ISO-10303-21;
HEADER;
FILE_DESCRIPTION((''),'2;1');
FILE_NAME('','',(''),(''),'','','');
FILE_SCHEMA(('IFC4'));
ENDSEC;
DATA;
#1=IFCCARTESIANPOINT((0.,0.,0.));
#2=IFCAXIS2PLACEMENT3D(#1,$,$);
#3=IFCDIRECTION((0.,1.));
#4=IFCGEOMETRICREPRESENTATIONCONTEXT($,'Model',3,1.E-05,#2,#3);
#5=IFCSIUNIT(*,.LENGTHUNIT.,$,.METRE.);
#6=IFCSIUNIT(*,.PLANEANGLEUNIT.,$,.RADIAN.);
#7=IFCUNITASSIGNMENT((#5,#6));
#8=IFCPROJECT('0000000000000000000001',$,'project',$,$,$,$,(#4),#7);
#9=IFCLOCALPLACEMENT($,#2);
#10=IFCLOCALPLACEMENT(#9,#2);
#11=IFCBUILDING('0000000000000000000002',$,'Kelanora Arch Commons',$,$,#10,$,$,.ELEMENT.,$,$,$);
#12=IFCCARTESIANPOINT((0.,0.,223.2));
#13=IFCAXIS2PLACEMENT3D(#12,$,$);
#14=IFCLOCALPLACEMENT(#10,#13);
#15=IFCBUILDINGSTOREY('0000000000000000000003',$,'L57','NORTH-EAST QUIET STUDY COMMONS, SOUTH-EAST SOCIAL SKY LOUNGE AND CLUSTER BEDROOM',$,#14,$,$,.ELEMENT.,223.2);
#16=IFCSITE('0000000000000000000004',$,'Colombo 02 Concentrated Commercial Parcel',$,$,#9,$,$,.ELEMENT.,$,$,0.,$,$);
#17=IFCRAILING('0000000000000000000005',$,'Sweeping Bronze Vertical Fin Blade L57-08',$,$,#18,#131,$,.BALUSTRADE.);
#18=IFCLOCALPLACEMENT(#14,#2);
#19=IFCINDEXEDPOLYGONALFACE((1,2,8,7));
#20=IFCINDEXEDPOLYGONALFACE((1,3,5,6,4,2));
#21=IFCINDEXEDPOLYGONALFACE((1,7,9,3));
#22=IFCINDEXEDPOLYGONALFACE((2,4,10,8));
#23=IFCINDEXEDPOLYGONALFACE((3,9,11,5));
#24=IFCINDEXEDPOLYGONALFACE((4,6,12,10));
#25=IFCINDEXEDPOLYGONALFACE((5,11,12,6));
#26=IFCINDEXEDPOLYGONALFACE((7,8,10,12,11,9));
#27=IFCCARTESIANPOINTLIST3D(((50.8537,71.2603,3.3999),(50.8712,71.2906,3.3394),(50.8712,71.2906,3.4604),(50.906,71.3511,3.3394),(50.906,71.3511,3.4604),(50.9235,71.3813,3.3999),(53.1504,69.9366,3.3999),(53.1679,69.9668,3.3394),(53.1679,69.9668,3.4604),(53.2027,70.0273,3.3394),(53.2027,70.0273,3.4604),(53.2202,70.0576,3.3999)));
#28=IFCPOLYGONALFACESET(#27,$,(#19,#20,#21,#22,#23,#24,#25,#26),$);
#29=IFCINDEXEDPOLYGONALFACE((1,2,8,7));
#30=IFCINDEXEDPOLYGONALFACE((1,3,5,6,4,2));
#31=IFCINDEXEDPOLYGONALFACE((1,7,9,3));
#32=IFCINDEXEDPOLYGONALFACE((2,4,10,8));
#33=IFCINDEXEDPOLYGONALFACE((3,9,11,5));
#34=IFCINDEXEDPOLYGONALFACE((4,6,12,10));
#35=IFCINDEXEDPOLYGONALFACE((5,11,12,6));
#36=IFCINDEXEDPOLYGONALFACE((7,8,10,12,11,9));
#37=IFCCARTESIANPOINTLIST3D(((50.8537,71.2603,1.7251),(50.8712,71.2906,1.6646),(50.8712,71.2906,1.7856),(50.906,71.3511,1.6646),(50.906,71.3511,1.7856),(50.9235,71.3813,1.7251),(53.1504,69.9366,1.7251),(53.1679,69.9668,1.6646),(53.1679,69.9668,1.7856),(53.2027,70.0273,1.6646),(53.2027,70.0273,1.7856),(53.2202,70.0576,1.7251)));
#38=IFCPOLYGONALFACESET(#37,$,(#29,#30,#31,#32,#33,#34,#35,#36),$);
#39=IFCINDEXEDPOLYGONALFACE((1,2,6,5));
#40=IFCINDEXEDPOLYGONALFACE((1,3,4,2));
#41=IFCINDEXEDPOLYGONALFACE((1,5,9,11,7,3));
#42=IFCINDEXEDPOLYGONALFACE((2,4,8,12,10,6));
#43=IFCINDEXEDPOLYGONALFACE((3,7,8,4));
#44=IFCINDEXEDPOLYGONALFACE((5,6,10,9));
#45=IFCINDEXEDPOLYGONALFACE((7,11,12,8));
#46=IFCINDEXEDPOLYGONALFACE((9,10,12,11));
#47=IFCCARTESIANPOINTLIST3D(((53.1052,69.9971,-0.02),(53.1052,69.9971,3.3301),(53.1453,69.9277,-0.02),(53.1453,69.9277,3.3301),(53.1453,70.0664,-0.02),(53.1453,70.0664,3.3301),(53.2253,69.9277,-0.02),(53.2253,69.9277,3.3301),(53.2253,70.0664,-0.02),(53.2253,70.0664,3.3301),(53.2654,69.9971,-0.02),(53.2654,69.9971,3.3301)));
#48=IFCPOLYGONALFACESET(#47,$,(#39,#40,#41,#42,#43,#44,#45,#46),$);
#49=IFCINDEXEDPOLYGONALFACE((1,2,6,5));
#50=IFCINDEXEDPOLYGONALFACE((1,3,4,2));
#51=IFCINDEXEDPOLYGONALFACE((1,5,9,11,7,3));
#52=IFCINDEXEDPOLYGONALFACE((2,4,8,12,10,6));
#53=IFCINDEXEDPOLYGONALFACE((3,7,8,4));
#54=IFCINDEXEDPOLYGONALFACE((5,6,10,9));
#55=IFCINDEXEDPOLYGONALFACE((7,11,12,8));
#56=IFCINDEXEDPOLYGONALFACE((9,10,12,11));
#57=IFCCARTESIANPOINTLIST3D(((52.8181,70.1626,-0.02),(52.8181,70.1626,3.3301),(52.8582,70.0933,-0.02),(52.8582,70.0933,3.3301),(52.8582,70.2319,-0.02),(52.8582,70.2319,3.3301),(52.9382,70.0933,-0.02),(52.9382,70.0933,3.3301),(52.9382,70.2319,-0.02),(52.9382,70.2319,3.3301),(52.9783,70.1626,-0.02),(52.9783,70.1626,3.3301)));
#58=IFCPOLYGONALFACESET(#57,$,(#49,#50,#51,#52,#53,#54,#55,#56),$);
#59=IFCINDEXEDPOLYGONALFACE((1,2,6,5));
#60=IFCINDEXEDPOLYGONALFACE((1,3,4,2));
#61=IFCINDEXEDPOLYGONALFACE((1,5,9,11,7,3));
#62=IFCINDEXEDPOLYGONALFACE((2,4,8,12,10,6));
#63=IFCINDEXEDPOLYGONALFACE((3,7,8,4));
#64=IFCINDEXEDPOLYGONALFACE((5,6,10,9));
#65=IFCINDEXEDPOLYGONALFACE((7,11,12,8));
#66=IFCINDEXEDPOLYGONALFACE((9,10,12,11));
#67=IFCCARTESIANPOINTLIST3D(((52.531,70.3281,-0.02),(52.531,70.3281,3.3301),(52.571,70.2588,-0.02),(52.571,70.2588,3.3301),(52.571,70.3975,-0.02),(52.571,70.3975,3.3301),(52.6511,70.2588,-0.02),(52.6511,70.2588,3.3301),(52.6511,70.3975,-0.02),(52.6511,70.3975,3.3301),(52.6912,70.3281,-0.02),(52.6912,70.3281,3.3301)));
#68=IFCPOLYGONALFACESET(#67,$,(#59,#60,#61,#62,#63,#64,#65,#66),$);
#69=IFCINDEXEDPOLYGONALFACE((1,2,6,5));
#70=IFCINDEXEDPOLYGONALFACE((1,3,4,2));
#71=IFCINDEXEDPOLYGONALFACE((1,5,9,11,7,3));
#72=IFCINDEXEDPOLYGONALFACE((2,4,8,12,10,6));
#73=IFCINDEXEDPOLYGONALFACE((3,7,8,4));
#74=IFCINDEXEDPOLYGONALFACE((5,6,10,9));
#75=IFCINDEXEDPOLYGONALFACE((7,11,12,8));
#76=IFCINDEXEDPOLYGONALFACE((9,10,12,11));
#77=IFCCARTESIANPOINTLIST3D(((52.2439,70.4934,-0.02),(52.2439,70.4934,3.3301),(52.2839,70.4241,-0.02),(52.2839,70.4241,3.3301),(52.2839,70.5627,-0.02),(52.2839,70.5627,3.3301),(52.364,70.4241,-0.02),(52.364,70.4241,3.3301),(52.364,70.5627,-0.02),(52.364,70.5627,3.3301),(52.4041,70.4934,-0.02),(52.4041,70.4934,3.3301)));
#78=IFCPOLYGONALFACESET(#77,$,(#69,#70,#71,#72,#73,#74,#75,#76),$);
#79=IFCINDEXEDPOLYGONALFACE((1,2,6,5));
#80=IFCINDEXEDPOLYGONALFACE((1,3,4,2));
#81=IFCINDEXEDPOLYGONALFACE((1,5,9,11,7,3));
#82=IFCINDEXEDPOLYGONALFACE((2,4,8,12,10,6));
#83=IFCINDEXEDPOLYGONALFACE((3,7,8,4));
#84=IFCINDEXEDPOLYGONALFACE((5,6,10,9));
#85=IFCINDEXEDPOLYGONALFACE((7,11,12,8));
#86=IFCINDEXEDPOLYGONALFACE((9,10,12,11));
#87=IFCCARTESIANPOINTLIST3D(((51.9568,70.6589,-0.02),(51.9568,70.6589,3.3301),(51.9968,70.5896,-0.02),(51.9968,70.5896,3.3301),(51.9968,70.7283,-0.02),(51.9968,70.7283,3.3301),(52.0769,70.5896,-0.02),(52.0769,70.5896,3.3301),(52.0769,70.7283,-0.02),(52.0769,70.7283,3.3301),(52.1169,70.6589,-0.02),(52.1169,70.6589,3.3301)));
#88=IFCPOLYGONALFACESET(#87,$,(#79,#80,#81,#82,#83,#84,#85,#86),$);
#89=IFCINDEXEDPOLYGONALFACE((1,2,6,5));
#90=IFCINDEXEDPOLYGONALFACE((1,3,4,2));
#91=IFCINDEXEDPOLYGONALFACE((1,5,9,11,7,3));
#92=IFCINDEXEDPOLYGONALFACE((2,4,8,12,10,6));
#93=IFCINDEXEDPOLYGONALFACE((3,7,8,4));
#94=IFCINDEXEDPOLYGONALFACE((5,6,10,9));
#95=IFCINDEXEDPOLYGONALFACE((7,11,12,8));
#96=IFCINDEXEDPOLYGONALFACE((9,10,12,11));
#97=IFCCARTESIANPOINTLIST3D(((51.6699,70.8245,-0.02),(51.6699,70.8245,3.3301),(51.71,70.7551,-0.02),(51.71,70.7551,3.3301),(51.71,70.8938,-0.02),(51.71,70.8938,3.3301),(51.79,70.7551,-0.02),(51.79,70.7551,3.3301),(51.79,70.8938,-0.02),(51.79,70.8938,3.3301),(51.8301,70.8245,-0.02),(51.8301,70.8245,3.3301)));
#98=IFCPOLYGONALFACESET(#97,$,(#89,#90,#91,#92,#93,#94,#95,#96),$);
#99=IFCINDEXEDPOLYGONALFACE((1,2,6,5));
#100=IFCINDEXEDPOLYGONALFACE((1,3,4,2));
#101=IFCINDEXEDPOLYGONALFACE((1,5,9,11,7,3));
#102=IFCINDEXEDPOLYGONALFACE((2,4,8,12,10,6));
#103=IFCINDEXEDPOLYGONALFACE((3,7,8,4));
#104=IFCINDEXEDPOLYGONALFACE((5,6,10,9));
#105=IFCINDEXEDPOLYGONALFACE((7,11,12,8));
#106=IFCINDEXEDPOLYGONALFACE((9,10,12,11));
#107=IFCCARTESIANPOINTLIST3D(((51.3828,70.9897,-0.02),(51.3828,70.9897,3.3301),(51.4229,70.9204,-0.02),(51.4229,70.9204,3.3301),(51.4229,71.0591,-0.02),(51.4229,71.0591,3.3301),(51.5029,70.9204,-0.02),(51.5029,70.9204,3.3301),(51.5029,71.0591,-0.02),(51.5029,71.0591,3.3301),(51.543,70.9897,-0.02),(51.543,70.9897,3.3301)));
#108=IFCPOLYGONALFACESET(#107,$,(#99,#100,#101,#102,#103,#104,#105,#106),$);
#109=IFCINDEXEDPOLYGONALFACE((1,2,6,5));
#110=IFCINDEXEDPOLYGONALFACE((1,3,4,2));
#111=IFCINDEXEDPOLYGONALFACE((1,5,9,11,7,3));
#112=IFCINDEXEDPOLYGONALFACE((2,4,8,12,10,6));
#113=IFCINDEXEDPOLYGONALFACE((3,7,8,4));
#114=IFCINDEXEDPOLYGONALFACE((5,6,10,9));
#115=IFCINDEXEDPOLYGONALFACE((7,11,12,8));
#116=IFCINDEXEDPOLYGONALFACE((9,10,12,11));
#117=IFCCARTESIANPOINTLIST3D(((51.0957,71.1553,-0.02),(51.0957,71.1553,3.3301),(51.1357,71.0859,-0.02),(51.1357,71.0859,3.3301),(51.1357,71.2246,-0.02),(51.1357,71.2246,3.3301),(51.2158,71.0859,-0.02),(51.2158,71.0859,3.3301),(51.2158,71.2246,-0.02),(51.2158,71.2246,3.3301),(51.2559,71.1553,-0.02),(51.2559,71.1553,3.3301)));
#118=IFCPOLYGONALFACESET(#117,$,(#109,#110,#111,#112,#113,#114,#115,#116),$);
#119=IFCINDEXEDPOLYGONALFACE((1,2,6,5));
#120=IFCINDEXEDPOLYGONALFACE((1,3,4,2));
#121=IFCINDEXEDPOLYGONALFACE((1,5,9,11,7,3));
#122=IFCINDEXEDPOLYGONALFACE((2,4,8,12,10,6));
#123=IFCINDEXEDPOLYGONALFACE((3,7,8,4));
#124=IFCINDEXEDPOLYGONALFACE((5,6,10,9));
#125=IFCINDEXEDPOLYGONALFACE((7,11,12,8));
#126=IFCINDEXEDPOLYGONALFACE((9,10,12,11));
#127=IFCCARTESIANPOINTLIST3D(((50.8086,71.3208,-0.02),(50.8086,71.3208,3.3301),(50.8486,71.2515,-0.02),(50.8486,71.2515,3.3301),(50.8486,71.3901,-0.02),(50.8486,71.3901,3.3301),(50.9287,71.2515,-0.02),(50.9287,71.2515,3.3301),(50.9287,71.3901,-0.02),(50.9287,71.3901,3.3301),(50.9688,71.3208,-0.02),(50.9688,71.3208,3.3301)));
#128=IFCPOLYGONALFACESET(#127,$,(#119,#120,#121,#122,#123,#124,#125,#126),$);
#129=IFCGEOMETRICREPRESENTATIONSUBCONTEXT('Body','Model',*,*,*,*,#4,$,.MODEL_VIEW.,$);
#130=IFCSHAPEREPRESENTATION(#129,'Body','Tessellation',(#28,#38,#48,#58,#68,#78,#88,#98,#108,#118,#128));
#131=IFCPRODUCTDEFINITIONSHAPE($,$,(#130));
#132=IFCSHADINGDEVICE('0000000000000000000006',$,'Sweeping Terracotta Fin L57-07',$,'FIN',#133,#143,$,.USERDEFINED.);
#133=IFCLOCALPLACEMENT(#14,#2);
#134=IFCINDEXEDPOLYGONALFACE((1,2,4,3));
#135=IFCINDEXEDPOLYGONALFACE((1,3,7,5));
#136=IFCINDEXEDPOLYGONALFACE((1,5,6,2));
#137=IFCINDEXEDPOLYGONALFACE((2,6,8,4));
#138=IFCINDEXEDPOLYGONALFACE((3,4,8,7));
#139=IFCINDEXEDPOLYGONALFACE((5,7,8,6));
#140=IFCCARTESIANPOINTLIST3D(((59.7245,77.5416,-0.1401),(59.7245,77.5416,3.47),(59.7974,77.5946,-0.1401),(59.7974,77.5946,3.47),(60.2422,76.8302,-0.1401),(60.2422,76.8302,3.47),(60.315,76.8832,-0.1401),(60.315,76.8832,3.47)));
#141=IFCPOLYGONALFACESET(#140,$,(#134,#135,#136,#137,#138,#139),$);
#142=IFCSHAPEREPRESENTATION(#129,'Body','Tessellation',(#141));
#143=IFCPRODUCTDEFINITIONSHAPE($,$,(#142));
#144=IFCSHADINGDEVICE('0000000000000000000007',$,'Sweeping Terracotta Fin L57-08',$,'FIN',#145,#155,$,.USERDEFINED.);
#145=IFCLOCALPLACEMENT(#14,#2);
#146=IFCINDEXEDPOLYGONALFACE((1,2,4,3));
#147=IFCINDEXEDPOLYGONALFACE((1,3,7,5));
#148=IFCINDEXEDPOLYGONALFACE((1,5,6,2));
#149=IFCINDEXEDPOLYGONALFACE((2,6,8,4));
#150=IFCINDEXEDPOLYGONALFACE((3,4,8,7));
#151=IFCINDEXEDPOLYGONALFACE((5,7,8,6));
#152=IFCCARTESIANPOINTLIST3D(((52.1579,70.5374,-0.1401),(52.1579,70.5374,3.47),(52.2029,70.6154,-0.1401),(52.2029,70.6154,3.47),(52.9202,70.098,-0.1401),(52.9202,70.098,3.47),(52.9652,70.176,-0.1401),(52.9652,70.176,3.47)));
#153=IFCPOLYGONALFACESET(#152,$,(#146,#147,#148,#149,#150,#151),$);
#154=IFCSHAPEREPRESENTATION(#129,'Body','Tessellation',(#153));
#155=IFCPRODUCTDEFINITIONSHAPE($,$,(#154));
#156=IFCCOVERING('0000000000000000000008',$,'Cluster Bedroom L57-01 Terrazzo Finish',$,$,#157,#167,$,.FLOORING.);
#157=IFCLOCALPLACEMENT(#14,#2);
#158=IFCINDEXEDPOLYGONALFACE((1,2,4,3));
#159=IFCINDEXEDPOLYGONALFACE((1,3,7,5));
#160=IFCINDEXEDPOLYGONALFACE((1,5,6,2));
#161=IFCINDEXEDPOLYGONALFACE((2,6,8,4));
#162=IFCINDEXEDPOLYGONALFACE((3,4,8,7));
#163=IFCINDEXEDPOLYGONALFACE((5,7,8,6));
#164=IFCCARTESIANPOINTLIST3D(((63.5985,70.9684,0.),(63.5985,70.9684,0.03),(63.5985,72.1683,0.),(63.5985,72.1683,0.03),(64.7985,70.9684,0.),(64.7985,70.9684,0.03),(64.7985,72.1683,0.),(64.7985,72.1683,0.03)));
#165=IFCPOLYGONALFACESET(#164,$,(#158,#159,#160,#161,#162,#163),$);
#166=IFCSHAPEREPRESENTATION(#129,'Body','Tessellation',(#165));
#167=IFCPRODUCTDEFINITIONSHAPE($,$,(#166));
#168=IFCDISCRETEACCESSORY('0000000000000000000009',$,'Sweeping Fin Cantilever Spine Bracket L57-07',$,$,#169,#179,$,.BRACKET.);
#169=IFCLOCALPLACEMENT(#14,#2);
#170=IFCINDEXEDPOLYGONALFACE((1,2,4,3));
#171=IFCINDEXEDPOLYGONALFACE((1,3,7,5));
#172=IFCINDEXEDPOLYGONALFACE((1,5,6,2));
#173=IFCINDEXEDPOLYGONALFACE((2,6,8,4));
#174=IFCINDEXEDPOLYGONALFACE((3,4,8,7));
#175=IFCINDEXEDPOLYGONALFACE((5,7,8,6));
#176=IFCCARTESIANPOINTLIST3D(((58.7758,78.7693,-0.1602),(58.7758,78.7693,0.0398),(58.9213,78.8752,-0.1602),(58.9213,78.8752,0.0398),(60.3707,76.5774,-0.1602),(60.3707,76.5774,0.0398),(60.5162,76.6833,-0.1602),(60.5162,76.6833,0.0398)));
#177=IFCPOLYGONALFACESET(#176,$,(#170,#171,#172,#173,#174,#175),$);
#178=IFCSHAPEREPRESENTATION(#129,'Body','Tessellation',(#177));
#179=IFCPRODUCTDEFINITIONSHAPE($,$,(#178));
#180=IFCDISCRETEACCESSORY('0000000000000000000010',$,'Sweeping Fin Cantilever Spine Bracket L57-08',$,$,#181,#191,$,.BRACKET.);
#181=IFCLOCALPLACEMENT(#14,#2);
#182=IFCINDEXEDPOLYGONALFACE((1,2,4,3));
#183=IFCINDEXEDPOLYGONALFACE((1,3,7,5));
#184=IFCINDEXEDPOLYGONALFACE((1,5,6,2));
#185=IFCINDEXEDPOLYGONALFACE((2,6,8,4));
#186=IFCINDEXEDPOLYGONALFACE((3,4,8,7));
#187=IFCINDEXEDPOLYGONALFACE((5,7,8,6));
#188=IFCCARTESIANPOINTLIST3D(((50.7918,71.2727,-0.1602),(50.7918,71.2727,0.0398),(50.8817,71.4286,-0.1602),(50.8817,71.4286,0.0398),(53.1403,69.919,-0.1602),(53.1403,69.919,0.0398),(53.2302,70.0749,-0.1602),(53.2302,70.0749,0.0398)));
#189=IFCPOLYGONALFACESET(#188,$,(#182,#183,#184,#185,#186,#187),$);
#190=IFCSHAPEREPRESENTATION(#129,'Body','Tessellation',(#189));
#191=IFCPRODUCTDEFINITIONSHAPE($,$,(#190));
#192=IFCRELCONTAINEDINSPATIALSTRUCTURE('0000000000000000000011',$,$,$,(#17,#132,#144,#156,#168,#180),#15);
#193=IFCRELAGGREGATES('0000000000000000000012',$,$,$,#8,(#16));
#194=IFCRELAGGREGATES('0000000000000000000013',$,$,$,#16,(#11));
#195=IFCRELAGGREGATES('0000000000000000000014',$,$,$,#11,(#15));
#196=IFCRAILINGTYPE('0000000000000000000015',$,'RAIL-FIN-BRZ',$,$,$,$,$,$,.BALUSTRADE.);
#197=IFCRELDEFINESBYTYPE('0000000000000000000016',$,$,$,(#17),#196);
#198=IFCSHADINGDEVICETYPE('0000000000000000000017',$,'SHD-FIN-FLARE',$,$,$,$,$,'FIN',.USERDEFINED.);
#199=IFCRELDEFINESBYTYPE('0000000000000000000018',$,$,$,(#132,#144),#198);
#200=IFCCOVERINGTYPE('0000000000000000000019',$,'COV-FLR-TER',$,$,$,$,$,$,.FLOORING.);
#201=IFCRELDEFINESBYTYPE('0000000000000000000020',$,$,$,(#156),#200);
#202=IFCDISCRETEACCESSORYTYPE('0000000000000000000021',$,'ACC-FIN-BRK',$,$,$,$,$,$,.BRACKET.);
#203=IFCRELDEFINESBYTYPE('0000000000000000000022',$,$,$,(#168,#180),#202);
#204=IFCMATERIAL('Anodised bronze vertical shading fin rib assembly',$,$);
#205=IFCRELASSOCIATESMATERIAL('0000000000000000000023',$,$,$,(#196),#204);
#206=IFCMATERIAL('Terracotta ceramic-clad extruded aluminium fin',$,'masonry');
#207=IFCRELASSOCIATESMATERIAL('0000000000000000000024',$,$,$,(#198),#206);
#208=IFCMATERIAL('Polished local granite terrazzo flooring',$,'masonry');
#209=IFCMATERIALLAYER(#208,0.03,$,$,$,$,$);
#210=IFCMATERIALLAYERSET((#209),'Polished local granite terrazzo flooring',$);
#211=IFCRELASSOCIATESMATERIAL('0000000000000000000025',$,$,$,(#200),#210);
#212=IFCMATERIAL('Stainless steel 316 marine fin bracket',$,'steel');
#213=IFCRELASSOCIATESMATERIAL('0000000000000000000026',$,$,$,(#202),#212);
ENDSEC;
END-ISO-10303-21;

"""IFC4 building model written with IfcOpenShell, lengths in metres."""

from ifc_helpers import new_model, si_unit, direction, frame, origin, origin_2d, place, context, subcontext, project, spatial, polyline, rectangle, outline, extrude, source, transform, mapped, material, layer, layer_set, type_object, element, save


model = new_model("IFC4")

# Units and contexts
model_context = context("Model", 3, precision=1e-05, world=origin(), true_north=direction((0.0, 1.0)))
body_context = subcontext(model_context, "Body", "Model", "MODEL_VIEW")
ifc_project = project(units=[si_unit("LENGTHUNIT", "METRE"), si_unit("PLANEANGLEUNIT", "RADIAN")], contexts=[model_context])

# Site, building, storey
site_placement = place(None, origin())
site = spatial("IfcSite", under=ifc_project, at=site_placement, Name="Colombo 02 Concentrated Commercial Parcel", CompositionType="ELEMENT", RefElevation=0.0)
building_placement = place(site_placement, origin())
building = spatial("IfcBuilding", under=site, at=building_placement, Name="Kelanora Arch Commons", CompositionType="ELEMENT")
storey_placement = place(building_placement, frame((0.0, 0.0, 223.2)))
storey = spatial("IfcBuildingStorey", under=building, at=storey_placement, Name="L57", Description="NORTH-EAST QUIET STUDY COMMONS, SOUTH-EAST SOCIAL SKY LOUNGE AND CLUSTER BEDROOM", CompositionType="ELEMENT", Elevation=223.2)

# Railing
ifc_material_1 = material(Name="Anodised bronze vertical shading fin rib assembly")
railing_type = type_object("IfcRailingType", Name="RAIL-FIN-BRZ", PredefinedType="BALUSTRADE", material=ifc_material_1)
railing_1_placement = place(storey_placement, frame((53.1853, 69.9971, -0.02)))
element("IfcRailing", 1, at=railing_1_placement, inside=storey, type_object=railing_type, Name="Sweeping Bronze Vertical Fin Blade L57-08", PredefinedType="BALUSTRADE", context=body_context, shape_type="SweptSolid", body=[
    extrude(outline(polyline([(0.0698, 0.0), (0.0349, 0.0605), (-0.0349, 0.0605), (-0.0698, 0.0), (-0.0349, -0.0605), (0.0349, -0.0605), (0.0698, 0.0)])), frame((0.0, 0.0, 3.4199), z_axis=(-0.866389, 0.499369, 0.0), x_axis=(-0.499369, -0.866389, 0.0)), (0.0, 0.0, 1.0), 2.6509),
    extrude(outline(polyline([(0.0698, 0.0), (0.0349, 0.0605), (-0.0349, 0.0605), (-0.0698, 0.0), (-0.0349, -0.0605), (0.0349, -0.0605), (0.0698, 0.0)])), frame((0.0, 0.0, 1.7451), z_axis=(-0.866389, 0.499369, 0.0), x_axis=(-0.499369, -0.866389, 0.0)), (0.0, 0.0, 1.0), 2.6509),
    extrude(outline(polyline([(0.0801, 0.0), (0.04, 0.0693), (-0.04, 0.0693), (-0.0801, 0.0), (-0.04, -0.0693), (0.04, -0.0693), (0.0801, 0.0)])), origin(), (0.0, 0.0, 1.0), 3.3501),
    extrude(outline(polyline([(0.0801, 0.0), (0.04, 0.0693), (-0.04, 0.0693), (-0.0801, 0.0), (-0.04, -0.0693), (0.04, -0.0693), (0.0801, 0.0)])), frame((-0.2871, 0.1655, 0.0)), (0.0, 0.0, 1.0), 3.3501),
    extrude(outline(polyline([(0.0801, 0.0), (0.04, 0.0693), (-0.04, 0.0693), (-0.0801, 0.0), (-0.04, -0.0693), (0.04, -0.0693), (0.0801, 0.0)])), frame((-0.5742, 0.3311, 0.0)), (0.0, 0.0, 1.0), 3.3501),
    extrude(outline(polyline([(0.0801, 0.0), (0.04, 0.0693), (-0.04, 0.0693), (-0.0801, 0.0), (-0.04, -0.0693), (0.04, -0.0693), (0.0801, 0.0)])), frame((-0.8613, 0.4963, 0.0)), (0.0, 0.0, 1.0), 3.3501),
    extrude(outline(polyline([(0.0801, 0.0), (0.04, 0.0693), (-0.04, 0.0693), (-0.0801, 0.0), (-0.04, -0.0693), (0.04, -0.0693), (0.0801, 0.0)])), frame((-1.1484, 0.6619, 0.0)), (0.0, 0.0, 1.0), 3.3501),
    extrude(outline(polyline([(0.0801, 0.0), (0.04, 0.0693), (-0.04, 0.0693), (-0.0801, 0.0), (-0.04, -0.0693), (0.04, -0.0693), (0.0801, 0.0)])), frame((-1.4353, 0.8274, 0.0)), (0.0, 0.0, 1.0), 3.3501),
    extrude(outline(polyline([(0.0801, 0.0), (0.04, 0.0693), (-0.04, 0.0693), (-0.0801, 0.0), (-0.04, -0.0693), (0.04, -0.0693), (0.0801, 0.0)])), frame((-1.7224, 0.9927, 0.0)), (0.0, 0.0, 1.0), 3.3501),
    extrude(outline(polyline([(0.0801, 0.0), (0.04, 0.0693), (-0.04, 0.0693), (-0.0801, 0.0), (-0.04, -0.0693), (0.04, -0.0693), (0.0801, 0.0)])), frame((-2.0095, 1.1582, 0.0)), (0.0, 0.0, 1.0), 3.3501),
    extrude(outline(polyline([(0.0801, 0.0), (0.04, 0.0693), (-0.04, 0.0693), (-0.0801, 0.0), (-0.04, -0.0693), (0.04, -0.0693), (0.0801, 0.0)])), frame((-2.2966, 1.3237, 0.0)), (0.0, 0.0, 1.0), 3.3501),
])

# Shading devices
ifc_material_2 = material(Name="Terracotta ceramic-clad extruded aluminium fin", Category="masonry")
shading_device_type = type_object("IfcShadingDeviceType", Name="SHD-FIN-FLARE", ElementType="FIN", PredefinedType="USERDEFINED", material=ifc_material_2)
shared_shape_1 = source(origin(), body_context, "Body", "SweptSolid", [
    extrude(rectangle(XDim=0.8799, YDim=0.0901, at=origin_2d()), origin(), (0.0, 0.0, 1.0), 3.6101),
])
for number, where, z_axis, x_axis, name in (
    (2, (60.0198, 77.2124, -0.1401), (0.0, 0.0, 1.0), (-0.58835, 0.808606, 0.0), "Sweeping Terracotta Fin L57-07"),
    (3, (52.5615, 70.3567, -0.1401), (0.0, 0.0, 1.0), (-0.866374, 0.499395, 0.0), "Sweeping Terracotta Fin L57-08"),
):
    element("IfcShadingDevice", number, at=place(storey_placement, frame(where, z_axis=z_axis, x_axis=x_axis)), inside=storey, type_object=shading_device_type, Name=name, ObjectType="FIN", PredefinedType="USERDEFINED", context=body_context, shape_type="MappedRepresentation", body=[
        mapped(shared_shape_1, transform((0.0, 0.0, 0.0), scale=1.0)),
    ])

# Covering
ifc_material_3 = material(Name="Polished local granite terrazzo flooring", Category="masonry")
ifc_layer_1 = layer(ifc_material_3, 0.03)
ifc_layer_set_1 = layer_set([ifc_layer_1], Name="Polished local granite terrazzo flooring")
covering_type = type_object("IfcCoveringType", Name="COV-FLR-TER", PredefinedType="FLOORING", material=ifc_layer_set_1)
shared_shape_2 = source(origin(), body_context, "Body", "SweptSolid", [
    extrude(rectangle(XDim=1.2, YDim=1.2, at=origin_2d()), origin(), (0.0, 0.0, 1.0), 0.03),
])
covering_placement = place(storey_placement, frame((64.1985, 71.5684, 0.0), z_axis=(0.0, 0.0, 1.0), x_axis=(1.0, 0.0, 0.0)))
element("IfcCovering", 4, at=covering_placement, inside=storey, type_object=covering_type, Name="Cluster Bedroom L57-01 Terrazzo Finish", PredefinedType="FLOORING", context=body_context, shape_type="MappedRepresentation", body=[
    mapped(shared_shape_2, transform((0.0, 0.0, 0.0), scale=1.0)),
])

# Discrete accessories
ifc_material_4 = material(Name="Stainless steel 316 marine fin bracket", Category="steel")
discrete_accessory_type = type_object("IfcDiscreteAccessoryType", Name="ACC-FIN-BRK", PredefinedType="BRACKET", material=ifc_material_4)
shared_shape_3 = source(origin(), body_context, "Body", "SweptSolid", [
    extrude(rectangle(XDim=2.7107, YDim=0.1799, at=origin_2d()), origin(), (0.0, 0.0, 1.0), 0.2),
])
for number, where, z_axis, x_axis, name in (
    (5, (59.646, 77.7263, -0.1602), (0.0, 0.0, 1.0), (-0.58835, 0.808606, 0.0), "Sweeping Fin Cantilever Spine Bracket L57-07"),
    (6, (52.011, 70.6738, -0.1602), (0.0, 0.0, 1.0), (-0.866374, 0.499395, 0.0), "Sweeping Fin Cantilever Spine Bracket L57-08"),
):
    element("IfcDiscreteAccessory", number, at=place(storey_placement, frame(where, z_axis=z_axis, x_axis=x_axis)), inside=storey, type_object=discrete_accessory_type, Name=name, PredefinedType="BRACKET", context=body_context, shape_type="MappedRepresentation", body=[
        mapped(shared_shape_3, transform((0.0, 0.0, 0.0), scale=1.0)),
    ])

save(model, "model.ifc")
